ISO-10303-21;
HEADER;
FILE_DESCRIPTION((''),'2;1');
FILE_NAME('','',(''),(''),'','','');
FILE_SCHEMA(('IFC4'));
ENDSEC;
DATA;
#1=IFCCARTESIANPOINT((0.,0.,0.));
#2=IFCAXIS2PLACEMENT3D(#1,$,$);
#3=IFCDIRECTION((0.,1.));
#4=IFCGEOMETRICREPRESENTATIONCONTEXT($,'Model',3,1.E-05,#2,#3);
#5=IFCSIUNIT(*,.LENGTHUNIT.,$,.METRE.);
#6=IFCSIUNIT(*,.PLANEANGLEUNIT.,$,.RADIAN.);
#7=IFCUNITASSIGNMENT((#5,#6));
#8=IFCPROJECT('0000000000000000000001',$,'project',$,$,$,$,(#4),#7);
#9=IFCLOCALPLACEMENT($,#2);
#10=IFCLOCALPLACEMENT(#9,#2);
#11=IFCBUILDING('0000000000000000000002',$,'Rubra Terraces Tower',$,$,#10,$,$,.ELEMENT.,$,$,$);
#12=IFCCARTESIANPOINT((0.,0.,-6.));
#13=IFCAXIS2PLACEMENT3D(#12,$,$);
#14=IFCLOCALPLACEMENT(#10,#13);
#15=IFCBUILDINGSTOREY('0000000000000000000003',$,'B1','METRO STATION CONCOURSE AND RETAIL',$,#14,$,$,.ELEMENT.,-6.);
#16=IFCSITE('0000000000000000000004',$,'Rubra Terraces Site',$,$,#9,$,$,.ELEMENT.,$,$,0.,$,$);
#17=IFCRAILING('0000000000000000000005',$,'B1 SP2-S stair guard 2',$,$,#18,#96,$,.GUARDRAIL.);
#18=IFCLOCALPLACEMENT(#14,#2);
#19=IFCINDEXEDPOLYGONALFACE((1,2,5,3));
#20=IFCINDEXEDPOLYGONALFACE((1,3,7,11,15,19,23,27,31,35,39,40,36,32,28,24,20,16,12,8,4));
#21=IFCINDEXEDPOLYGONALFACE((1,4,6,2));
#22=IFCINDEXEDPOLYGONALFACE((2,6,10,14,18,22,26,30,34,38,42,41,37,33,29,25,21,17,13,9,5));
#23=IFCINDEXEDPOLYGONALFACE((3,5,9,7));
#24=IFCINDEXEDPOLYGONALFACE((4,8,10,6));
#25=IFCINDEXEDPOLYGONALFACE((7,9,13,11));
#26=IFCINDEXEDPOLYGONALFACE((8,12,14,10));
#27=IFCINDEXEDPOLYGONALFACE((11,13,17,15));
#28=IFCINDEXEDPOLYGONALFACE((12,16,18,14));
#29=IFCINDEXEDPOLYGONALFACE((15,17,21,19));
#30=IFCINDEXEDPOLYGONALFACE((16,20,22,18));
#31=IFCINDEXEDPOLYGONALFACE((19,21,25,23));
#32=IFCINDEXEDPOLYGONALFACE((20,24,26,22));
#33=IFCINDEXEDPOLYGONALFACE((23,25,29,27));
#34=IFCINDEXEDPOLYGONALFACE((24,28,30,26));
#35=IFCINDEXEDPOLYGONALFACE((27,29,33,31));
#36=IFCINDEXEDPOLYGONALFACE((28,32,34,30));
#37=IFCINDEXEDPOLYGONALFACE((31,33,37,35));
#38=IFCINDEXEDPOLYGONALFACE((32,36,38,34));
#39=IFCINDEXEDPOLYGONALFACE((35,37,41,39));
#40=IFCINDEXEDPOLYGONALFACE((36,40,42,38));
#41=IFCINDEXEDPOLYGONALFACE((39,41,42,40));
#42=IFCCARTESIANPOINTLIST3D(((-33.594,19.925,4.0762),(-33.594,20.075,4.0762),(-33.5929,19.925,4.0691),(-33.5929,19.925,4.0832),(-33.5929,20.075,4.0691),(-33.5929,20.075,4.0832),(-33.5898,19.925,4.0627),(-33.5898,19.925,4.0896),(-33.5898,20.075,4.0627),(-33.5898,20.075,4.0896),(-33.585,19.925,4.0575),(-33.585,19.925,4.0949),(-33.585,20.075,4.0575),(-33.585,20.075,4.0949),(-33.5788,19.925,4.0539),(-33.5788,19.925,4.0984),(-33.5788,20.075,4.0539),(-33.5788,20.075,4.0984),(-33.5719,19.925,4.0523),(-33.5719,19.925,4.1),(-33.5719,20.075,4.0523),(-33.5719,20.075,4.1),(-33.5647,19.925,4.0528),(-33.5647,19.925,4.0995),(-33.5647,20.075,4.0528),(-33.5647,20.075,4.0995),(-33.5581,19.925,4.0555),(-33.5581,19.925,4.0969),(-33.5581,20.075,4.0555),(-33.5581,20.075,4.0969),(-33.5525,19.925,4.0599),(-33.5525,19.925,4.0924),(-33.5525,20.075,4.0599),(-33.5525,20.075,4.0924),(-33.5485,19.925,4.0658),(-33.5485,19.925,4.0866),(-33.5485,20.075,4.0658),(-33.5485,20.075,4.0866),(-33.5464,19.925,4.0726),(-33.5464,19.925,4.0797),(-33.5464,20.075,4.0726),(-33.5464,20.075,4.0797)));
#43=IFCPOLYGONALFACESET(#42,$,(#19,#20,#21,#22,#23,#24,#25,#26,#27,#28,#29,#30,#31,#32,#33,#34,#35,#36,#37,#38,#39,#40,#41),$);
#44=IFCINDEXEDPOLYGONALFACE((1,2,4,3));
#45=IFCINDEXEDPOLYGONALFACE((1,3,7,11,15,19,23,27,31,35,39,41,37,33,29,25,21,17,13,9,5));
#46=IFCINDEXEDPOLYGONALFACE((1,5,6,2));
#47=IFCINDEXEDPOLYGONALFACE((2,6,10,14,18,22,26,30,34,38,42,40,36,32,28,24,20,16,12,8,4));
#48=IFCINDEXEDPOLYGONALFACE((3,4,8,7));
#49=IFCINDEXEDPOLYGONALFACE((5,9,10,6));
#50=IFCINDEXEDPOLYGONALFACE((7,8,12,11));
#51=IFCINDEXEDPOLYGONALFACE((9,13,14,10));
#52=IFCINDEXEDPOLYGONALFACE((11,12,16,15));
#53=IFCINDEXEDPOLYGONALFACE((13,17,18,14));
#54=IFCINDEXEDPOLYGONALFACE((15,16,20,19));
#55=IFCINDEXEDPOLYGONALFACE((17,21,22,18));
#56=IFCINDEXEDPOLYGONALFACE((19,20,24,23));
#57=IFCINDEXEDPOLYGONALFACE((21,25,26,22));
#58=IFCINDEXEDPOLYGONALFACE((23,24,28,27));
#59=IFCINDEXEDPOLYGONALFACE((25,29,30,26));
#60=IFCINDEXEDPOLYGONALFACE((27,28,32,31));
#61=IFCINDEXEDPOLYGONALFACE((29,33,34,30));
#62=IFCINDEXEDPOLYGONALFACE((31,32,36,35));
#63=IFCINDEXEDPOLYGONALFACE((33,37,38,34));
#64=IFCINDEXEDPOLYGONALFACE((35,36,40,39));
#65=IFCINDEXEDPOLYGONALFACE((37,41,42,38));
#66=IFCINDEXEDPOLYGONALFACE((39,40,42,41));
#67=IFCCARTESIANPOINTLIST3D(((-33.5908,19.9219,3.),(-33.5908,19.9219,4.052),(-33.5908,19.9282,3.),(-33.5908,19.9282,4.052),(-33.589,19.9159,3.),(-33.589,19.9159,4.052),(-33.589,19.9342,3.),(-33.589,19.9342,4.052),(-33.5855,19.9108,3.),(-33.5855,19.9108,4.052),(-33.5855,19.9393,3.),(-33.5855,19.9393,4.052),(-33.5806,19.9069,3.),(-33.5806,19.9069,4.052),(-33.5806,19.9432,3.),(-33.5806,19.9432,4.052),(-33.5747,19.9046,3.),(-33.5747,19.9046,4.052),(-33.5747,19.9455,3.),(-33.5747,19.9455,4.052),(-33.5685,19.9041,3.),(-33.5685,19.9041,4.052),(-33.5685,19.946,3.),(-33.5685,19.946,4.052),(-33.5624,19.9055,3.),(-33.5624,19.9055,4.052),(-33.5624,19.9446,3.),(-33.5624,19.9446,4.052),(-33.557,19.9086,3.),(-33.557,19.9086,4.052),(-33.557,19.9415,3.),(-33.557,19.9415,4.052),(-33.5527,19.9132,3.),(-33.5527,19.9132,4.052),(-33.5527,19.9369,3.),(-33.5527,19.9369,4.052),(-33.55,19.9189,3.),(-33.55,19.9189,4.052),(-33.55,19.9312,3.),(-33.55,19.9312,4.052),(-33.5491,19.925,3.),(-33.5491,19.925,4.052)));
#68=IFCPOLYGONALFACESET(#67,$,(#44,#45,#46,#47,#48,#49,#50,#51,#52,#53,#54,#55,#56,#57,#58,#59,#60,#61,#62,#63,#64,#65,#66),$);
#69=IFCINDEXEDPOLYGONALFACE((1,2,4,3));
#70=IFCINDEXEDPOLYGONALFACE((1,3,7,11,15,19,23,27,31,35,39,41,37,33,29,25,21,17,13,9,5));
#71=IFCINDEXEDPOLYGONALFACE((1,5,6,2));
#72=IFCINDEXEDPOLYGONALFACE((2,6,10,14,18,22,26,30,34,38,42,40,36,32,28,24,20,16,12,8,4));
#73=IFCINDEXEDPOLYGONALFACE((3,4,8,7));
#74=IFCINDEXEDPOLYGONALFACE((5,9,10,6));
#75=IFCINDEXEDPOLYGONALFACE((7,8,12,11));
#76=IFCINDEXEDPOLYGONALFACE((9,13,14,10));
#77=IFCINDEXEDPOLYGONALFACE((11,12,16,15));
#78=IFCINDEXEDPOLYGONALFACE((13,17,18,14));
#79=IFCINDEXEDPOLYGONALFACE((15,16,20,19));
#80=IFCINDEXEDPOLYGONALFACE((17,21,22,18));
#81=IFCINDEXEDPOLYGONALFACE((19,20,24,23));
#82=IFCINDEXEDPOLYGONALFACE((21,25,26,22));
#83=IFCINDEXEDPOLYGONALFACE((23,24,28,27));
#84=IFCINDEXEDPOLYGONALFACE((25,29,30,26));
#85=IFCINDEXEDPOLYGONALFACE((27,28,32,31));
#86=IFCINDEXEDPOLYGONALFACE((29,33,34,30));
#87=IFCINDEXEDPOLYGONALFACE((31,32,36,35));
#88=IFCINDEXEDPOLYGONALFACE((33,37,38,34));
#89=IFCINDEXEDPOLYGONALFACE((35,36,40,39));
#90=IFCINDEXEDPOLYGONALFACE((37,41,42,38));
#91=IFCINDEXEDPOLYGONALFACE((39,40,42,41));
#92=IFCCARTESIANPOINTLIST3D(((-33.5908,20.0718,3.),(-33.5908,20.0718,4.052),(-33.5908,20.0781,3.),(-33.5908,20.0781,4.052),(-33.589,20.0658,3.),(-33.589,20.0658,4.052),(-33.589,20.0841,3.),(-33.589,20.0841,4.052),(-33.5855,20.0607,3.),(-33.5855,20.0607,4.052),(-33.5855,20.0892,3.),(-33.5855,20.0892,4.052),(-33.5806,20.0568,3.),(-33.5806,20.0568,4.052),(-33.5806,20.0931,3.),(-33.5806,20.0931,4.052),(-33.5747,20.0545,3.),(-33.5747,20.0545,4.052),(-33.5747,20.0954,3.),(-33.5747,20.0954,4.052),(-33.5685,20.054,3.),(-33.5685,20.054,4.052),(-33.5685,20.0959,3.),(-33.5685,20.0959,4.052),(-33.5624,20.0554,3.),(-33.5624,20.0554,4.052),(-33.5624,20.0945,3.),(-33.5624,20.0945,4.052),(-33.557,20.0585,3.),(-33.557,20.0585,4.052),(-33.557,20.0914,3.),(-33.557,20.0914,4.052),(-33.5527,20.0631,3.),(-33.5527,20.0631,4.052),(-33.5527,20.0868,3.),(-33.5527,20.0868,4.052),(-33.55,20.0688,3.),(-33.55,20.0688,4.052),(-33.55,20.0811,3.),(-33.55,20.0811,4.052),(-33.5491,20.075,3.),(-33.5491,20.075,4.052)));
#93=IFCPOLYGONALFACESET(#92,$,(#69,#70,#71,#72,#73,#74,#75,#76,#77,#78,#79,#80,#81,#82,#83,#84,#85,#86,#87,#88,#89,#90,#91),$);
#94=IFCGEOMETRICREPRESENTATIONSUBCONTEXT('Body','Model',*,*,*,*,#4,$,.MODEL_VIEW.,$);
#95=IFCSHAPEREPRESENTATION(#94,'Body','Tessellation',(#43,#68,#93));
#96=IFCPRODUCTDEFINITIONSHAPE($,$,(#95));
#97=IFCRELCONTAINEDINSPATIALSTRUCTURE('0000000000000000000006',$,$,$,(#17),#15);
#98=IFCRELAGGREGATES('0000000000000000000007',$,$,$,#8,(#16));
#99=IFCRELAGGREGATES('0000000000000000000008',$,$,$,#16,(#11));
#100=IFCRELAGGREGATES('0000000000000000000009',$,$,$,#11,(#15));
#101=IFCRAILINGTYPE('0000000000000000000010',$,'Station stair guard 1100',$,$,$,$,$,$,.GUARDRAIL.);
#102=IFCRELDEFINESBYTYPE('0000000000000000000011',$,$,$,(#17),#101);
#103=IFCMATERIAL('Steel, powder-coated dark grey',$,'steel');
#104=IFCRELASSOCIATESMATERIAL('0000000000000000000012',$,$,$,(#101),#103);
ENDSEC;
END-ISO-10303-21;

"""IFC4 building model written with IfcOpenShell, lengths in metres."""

from ifc_helpers import new_model, si_unit, direction, frame, origin, origin_2d, place, context, subcontext, project, spatial, circle, extrude, material, type_object, element, save


model = new_model("IFC4")

# Units and contexts
model_context = context("Model", 3, precision=1e-05, world=origin(), true_north=direction((0.0, 1.0)))
body_context = subcontext(model_context, "Body", "Model", "MODEL_VIEW")
ifc_project = project(units=[si_unit("LENGTHUNIT", "METRE"), si_unit("PLANEANGLEUNIT", "RADIAN")], contexts=[model_context])

# Site, building, storey
site_placement = place(None, origin())
site = spatial("IfcSite", under=ifc_project, at=site_placement, Name="Rubra Terraces Site", CompositionType="ELEMENT", RefElevation=0.0)
building_placement = place(site_placement, origin())
building = spatial("IfcBuilding", under=site, at=building_placement, Name="Rubra Terraces Tower", CompositionType="ELEMENT")
storey_placement = place(building_placement, frame((0.0, 0.0, -6.0)))
storey = spatial("IfcBuildingStorey", under=building, at=storey_placement, Name="B1", Description="METRO STATION CONCOURSE AND RETAIL", CompositionType="ELEMENT", Elevation=-6.0)

# Railing
ifc_material_1 = material(Name="Steel, powder-coated dark grey", Category="steel")
railing_type_1 = type_object("IfcRailingType", Name="Station stair guard 1100", PredefinedType="GUARDRAIL", material=ifc_material_1)
railing_1_placement = place(storey_placement, frame((-33.5701, 19.925, 3.0)))
element("IfcRailing", 1, at=railing_1_placement, inside=storey, type_object=railing_type_1, Name="B1 SP2-S stair guard 2", PredefinedType="GUARDRAIL", context=body_context, shape_type="SweptSolid", body=[
    extrude(circle(Radius=0.0239, at=origin_2d()), frame((0.0, 0.0, 1.0762), z_axis=(0.0, 1.0, 0.0), x_axis=(-1.0, 0.0, 0.0)), (0.0, 0.0, 1.0), 0.1499),
    extrude(circle(Radius=0.021, at=origin_2d()), origin(), (0.0, 0.0, 1.0), 1.052),
    extrude(circle(Radius=0.021, at=origin_2d()), frame((0.0, 0.1499, 0.0)), (0.0, 0.0, 1.0), 1.052),
])

save(model, "model.ifc")
